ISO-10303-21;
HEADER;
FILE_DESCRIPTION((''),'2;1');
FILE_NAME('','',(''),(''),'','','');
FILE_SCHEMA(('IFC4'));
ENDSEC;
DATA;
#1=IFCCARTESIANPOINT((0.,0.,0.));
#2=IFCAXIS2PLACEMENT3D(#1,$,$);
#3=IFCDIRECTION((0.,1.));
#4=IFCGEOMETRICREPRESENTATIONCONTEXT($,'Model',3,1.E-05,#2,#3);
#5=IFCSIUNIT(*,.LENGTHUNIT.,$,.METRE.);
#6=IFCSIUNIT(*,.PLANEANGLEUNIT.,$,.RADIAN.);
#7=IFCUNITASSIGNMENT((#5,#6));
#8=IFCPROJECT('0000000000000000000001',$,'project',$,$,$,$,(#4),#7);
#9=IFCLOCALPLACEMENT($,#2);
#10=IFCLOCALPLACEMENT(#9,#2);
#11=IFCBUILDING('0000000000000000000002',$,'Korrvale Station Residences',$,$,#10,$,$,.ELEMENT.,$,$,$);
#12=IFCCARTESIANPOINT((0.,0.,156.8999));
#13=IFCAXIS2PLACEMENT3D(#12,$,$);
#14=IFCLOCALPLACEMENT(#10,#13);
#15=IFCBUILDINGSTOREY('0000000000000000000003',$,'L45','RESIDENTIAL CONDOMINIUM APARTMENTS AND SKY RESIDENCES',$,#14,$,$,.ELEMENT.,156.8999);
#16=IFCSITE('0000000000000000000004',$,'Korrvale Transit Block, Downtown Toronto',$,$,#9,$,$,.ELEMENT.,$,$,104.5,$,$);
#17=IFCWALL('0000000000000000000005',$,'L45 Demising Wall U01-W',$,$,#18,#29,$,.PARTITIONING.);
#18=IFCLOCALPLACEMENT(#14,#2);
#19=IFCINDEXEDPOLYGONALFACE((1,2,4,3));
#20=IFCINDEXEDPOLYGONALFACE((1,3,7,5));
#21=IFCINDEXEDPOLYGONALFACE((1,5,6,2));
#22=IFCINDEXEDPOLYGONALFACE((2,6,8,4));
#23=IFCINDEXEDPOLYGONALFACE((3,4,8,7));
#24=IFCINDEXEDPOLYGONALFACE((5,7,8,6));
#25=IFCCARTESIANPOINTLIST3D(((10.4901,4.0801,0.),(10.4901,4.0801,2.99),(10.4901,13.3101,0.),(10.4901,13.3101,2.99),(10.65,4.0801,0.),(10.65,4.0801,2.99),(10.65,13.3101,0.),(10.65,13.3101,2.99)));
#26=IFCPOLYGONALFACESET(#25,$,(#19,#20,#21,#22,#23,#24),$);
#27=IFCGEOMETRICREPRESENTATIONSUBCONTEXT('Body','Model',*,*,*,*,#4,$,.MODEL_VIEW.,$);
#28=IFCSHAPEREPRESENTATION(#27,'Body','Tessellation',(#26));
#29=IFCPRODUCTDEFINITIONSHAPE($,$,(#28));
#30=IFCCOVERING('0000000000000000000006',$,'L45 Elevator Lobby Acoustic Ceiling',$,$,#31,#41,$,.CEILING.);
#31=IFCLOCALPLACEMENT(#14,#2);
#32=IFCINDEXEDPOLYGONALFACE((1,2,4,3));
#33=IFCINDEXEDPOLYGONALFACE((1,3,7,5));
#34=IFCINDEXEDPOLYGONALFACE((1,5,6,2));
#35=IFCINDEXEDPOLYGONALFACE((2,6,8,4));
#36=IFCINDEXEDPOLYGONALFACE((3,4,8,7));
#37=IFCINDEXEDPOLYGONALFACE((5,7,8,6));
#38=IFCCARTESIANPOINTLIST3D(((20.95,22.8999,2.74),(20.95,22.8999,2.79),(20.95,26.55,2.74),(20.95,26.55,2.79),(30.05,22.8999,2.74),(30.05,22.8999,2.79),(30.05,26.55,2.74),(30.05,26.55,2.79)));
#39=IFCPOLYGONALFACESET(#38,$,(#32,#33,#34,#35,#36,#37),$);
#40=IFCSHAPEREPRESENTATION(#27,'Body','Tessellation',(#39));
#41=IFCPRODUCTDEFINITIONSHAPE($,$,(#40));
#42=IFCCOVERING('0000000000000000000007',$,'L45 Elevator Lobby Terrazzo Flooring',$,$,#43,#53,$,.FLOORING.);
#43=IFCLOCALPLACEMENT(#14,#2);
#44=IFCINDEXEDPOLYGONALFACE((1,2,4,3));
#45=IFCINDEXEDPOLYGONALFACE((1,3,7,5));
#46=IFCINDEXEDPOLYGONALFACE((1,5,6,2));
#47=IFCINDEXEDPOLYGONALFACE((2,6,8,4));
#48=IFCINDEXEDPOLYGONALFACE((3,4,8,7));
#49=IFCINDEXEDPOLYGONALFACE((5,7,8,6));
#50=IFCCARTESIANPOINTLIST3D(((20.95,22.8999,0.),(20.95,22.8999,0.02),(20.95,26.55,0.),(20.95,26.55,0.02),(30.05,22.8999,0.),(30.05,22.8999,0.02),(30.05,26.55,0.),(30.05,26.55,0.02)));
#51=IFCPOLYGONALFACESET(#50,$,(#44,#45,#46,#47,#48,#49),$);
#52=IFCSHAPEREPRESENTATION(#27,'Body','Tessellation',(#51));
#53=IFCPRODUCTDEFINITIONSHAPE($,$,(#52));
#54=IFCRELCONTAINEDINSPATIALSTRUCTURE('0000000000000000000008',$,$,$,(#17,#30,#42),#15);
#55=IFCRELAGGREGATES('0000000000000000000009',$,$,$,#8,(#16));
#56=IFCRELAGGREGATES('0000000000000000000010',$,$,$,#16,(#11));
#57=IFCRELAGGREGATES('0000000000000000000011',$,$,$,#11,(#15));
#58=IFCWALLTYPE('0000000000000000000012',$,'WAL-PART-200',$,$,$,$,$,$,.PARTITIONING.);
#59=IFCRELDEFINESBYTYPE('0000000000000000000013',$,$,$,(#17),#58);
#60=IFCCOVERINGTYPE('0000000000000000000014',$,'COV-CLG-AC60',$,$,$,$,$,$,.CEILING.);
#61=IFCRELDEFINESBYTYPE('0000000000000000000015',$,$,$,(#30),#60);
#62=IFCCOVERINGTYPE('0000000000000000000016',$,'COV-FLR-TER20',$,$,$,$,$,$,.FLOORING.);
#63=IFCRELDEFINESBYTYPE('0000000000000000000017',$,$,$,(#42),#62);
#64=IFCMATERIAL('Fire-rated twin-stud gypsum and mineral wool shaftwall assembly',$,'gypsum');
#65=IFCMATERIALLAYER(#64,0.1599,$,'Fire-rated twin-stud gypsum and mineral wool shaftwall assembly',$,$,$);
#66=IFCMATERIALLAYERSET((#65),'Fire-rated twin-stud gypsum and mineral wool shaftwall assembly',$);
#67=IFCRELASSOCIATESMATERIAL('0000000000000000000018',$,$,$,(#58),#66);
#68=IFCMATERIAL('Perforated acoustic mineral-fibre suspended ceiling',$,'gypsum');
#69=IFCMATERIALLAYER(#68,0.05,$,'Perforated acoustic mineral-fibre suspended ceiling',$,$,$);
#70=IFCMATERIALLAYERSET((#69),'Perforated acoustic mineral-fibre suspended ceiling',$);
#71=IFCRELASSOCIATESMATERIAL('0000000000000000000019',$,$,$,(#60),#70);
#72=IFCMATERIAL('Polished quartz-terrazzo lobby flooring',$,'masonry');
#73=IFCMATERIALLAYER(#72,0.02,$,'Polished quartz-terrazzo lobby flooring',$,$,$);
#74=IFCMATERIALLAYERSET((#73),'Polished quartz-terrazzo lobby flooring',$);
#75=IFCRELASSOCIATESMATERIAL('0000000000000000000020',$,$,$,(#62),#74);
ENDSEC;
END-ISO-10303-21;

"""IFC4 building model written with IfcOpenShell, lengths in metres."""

from ifc_helpers import new_model, si_unit, direction, frame, frame_2d, origin, place, context, subcontext, project, spatial, polyline, rectangle, outline, extrude, material, layer, layer_set, type_object, element, save


model = new_model("IFC4")

# Units and contexts
model_context = context("Model", 3, precision=1e-05, world=origin(), true_north=direction((0.0, 1.0)))
body_context = subcontext(model_context, "Body", "Model", "MODEL_VIEW")
ifc_project = project(units=[si_unit("LENGTHUNIT", "METRE"), si_unit("PLANEANGLEUNIT", "RADIAN")], contexts=[model_context])

# Site, building, storey
site_placement = place(None, origin())
site = spatial("IfcSite", under=ifc_project, at=site_placement, Name="Korrvale Transit Block, Downtown Toronto", CompositionType="ELEMENT", RefElevation=104.5)
building_placement = place(site_placement, origin())
building = spatial("IfcBuilding", under=site, at=building_placement, Name="Korrvale Station Residences", CompositionType="ELEMENT")
storey_placement = place(building_placement, frame((0.0, 0.0, 156.8999)))
storey = spatial("IfcBuildingStorey", under=building, at=storey_placement, Name="L45", Description="RESIDENTIAL CONDOMINIUM APARTMENTS AND SKY RESIDENCES", CompositionType="ELEMENT", Elevation=156.8999)

# Wall
ifc_material_1 = material(Name="Fire-rated twin-stud gypsum and mineral wool shaftwall assembly", Category="gypsum")
ifc_layer_1 = layer(ifc_material_1, 0.1599, Name="Fire-rated twin-stud gypsum and mineral wool shaftwall assembly")
ifc_layer_set_1 = layer_set([ifc_layer_1], Name="Fire-rated twin-stud gypsum and mineral wool shaftwall assembly")
wall_type_1 = type_object("IfcWallType", Name="WAL-PART-200", PredefinedType="PARTITIONING", material=ifc_layer_set_1)
wall_1_placement = place(storey_placement, frame((10.5701, 4.0801, 0.0), z_axis=(0.0, 0.0, 1.0), x_axis=(0.0, 1.0, 0.0)))
element("IfcWall", 1, at=wall_1_placement, inside=storey, type_object=wall_type_1, Name="L45 Demising Wall U01-W", PredefinedType="PARTITIONING", context=body_context, shape_type="SweptSolid", body=[
    extrude(rectangle(XDim=9.23, YDim=0.1599, at=frame_2d((4.615, 0.0))), origin(), (0.0, 0.0, 1.0), 2.99),
])

# Coverings
ifc_material_2 = material(Name="Perforated acoustic mineral-fibre suspended ceiling", Category="gypsum")
ifc_layer_2 = layer(ifc_material_2, 0.05, Name="Perforated acoustic mineral-fibre suspended ceiling")
ifc_layer_set_2 = layer_set([ifc_layer_2], Name="Perforated acoustic mineral-fibre suspended ceiling")
covering_type_1 = type_object("IfcCoveringType", Name="COV-CLG-AC60", PredefinedType="CEILING", material=ifc_layer_set_2)
covering_1_placement = place(storey_placement, frame((0.0, 0.0, 2.74)))
element("IfcCovering", 2, at=covering_1_placement, inside=storey, type_object=covering_type_1, Name="L45 Elevator Lobby Acoustic Ceiling", PredefinedType="CEILING", context=body_context, shape_type="SweptSolid", body=[
    extrude(outline(polyline([(20.95, 22.8999), (30.05, 22.8999), (30.05, 26.55), (20.95, 26.55), (20.95, 22.8999)])), origin(), (0.0, 0.0, 1.0), 0.05),
])
ifc_material_3 = material(Name="Polished quartz-terrazzo lobby flooring", Category="masonry")
ifc_layer_3 = layer(ifc_material_3, 0.02, Name="Polished quartz-terrazzo lobby flooring")
ifc_layer_set_3 = layer_set([ifc_layer_3], Name="Polished quartz-terrazzo lobby flooring")
covering_type_2 = type_object("IfcCoveringType", Name="COV-FLR-TER20", PredefinedType="FLOORING", material=ifc_layer_set_3)
covering_2_placement = place(storey_placement, origin())
element("IfcCovering", 3, at=covering_2_placement, inside=storey, type_object=covering_type_2, Name="L45 Elevator Lobby Terrazzo Flooring", PredefinedType="FLOORING", context=body_context, shape_type="SweptSolid", body=[
    extrude(outline(polyline([(20.95, 22.8999), (30.05, 22.8999), (30.05, 26.55), (20.95, 26.55), (20.95, 22.8999)])), origin(), (0.0, 0.0, 1.0), 0.02),
])

save(model, "model.ifc")
